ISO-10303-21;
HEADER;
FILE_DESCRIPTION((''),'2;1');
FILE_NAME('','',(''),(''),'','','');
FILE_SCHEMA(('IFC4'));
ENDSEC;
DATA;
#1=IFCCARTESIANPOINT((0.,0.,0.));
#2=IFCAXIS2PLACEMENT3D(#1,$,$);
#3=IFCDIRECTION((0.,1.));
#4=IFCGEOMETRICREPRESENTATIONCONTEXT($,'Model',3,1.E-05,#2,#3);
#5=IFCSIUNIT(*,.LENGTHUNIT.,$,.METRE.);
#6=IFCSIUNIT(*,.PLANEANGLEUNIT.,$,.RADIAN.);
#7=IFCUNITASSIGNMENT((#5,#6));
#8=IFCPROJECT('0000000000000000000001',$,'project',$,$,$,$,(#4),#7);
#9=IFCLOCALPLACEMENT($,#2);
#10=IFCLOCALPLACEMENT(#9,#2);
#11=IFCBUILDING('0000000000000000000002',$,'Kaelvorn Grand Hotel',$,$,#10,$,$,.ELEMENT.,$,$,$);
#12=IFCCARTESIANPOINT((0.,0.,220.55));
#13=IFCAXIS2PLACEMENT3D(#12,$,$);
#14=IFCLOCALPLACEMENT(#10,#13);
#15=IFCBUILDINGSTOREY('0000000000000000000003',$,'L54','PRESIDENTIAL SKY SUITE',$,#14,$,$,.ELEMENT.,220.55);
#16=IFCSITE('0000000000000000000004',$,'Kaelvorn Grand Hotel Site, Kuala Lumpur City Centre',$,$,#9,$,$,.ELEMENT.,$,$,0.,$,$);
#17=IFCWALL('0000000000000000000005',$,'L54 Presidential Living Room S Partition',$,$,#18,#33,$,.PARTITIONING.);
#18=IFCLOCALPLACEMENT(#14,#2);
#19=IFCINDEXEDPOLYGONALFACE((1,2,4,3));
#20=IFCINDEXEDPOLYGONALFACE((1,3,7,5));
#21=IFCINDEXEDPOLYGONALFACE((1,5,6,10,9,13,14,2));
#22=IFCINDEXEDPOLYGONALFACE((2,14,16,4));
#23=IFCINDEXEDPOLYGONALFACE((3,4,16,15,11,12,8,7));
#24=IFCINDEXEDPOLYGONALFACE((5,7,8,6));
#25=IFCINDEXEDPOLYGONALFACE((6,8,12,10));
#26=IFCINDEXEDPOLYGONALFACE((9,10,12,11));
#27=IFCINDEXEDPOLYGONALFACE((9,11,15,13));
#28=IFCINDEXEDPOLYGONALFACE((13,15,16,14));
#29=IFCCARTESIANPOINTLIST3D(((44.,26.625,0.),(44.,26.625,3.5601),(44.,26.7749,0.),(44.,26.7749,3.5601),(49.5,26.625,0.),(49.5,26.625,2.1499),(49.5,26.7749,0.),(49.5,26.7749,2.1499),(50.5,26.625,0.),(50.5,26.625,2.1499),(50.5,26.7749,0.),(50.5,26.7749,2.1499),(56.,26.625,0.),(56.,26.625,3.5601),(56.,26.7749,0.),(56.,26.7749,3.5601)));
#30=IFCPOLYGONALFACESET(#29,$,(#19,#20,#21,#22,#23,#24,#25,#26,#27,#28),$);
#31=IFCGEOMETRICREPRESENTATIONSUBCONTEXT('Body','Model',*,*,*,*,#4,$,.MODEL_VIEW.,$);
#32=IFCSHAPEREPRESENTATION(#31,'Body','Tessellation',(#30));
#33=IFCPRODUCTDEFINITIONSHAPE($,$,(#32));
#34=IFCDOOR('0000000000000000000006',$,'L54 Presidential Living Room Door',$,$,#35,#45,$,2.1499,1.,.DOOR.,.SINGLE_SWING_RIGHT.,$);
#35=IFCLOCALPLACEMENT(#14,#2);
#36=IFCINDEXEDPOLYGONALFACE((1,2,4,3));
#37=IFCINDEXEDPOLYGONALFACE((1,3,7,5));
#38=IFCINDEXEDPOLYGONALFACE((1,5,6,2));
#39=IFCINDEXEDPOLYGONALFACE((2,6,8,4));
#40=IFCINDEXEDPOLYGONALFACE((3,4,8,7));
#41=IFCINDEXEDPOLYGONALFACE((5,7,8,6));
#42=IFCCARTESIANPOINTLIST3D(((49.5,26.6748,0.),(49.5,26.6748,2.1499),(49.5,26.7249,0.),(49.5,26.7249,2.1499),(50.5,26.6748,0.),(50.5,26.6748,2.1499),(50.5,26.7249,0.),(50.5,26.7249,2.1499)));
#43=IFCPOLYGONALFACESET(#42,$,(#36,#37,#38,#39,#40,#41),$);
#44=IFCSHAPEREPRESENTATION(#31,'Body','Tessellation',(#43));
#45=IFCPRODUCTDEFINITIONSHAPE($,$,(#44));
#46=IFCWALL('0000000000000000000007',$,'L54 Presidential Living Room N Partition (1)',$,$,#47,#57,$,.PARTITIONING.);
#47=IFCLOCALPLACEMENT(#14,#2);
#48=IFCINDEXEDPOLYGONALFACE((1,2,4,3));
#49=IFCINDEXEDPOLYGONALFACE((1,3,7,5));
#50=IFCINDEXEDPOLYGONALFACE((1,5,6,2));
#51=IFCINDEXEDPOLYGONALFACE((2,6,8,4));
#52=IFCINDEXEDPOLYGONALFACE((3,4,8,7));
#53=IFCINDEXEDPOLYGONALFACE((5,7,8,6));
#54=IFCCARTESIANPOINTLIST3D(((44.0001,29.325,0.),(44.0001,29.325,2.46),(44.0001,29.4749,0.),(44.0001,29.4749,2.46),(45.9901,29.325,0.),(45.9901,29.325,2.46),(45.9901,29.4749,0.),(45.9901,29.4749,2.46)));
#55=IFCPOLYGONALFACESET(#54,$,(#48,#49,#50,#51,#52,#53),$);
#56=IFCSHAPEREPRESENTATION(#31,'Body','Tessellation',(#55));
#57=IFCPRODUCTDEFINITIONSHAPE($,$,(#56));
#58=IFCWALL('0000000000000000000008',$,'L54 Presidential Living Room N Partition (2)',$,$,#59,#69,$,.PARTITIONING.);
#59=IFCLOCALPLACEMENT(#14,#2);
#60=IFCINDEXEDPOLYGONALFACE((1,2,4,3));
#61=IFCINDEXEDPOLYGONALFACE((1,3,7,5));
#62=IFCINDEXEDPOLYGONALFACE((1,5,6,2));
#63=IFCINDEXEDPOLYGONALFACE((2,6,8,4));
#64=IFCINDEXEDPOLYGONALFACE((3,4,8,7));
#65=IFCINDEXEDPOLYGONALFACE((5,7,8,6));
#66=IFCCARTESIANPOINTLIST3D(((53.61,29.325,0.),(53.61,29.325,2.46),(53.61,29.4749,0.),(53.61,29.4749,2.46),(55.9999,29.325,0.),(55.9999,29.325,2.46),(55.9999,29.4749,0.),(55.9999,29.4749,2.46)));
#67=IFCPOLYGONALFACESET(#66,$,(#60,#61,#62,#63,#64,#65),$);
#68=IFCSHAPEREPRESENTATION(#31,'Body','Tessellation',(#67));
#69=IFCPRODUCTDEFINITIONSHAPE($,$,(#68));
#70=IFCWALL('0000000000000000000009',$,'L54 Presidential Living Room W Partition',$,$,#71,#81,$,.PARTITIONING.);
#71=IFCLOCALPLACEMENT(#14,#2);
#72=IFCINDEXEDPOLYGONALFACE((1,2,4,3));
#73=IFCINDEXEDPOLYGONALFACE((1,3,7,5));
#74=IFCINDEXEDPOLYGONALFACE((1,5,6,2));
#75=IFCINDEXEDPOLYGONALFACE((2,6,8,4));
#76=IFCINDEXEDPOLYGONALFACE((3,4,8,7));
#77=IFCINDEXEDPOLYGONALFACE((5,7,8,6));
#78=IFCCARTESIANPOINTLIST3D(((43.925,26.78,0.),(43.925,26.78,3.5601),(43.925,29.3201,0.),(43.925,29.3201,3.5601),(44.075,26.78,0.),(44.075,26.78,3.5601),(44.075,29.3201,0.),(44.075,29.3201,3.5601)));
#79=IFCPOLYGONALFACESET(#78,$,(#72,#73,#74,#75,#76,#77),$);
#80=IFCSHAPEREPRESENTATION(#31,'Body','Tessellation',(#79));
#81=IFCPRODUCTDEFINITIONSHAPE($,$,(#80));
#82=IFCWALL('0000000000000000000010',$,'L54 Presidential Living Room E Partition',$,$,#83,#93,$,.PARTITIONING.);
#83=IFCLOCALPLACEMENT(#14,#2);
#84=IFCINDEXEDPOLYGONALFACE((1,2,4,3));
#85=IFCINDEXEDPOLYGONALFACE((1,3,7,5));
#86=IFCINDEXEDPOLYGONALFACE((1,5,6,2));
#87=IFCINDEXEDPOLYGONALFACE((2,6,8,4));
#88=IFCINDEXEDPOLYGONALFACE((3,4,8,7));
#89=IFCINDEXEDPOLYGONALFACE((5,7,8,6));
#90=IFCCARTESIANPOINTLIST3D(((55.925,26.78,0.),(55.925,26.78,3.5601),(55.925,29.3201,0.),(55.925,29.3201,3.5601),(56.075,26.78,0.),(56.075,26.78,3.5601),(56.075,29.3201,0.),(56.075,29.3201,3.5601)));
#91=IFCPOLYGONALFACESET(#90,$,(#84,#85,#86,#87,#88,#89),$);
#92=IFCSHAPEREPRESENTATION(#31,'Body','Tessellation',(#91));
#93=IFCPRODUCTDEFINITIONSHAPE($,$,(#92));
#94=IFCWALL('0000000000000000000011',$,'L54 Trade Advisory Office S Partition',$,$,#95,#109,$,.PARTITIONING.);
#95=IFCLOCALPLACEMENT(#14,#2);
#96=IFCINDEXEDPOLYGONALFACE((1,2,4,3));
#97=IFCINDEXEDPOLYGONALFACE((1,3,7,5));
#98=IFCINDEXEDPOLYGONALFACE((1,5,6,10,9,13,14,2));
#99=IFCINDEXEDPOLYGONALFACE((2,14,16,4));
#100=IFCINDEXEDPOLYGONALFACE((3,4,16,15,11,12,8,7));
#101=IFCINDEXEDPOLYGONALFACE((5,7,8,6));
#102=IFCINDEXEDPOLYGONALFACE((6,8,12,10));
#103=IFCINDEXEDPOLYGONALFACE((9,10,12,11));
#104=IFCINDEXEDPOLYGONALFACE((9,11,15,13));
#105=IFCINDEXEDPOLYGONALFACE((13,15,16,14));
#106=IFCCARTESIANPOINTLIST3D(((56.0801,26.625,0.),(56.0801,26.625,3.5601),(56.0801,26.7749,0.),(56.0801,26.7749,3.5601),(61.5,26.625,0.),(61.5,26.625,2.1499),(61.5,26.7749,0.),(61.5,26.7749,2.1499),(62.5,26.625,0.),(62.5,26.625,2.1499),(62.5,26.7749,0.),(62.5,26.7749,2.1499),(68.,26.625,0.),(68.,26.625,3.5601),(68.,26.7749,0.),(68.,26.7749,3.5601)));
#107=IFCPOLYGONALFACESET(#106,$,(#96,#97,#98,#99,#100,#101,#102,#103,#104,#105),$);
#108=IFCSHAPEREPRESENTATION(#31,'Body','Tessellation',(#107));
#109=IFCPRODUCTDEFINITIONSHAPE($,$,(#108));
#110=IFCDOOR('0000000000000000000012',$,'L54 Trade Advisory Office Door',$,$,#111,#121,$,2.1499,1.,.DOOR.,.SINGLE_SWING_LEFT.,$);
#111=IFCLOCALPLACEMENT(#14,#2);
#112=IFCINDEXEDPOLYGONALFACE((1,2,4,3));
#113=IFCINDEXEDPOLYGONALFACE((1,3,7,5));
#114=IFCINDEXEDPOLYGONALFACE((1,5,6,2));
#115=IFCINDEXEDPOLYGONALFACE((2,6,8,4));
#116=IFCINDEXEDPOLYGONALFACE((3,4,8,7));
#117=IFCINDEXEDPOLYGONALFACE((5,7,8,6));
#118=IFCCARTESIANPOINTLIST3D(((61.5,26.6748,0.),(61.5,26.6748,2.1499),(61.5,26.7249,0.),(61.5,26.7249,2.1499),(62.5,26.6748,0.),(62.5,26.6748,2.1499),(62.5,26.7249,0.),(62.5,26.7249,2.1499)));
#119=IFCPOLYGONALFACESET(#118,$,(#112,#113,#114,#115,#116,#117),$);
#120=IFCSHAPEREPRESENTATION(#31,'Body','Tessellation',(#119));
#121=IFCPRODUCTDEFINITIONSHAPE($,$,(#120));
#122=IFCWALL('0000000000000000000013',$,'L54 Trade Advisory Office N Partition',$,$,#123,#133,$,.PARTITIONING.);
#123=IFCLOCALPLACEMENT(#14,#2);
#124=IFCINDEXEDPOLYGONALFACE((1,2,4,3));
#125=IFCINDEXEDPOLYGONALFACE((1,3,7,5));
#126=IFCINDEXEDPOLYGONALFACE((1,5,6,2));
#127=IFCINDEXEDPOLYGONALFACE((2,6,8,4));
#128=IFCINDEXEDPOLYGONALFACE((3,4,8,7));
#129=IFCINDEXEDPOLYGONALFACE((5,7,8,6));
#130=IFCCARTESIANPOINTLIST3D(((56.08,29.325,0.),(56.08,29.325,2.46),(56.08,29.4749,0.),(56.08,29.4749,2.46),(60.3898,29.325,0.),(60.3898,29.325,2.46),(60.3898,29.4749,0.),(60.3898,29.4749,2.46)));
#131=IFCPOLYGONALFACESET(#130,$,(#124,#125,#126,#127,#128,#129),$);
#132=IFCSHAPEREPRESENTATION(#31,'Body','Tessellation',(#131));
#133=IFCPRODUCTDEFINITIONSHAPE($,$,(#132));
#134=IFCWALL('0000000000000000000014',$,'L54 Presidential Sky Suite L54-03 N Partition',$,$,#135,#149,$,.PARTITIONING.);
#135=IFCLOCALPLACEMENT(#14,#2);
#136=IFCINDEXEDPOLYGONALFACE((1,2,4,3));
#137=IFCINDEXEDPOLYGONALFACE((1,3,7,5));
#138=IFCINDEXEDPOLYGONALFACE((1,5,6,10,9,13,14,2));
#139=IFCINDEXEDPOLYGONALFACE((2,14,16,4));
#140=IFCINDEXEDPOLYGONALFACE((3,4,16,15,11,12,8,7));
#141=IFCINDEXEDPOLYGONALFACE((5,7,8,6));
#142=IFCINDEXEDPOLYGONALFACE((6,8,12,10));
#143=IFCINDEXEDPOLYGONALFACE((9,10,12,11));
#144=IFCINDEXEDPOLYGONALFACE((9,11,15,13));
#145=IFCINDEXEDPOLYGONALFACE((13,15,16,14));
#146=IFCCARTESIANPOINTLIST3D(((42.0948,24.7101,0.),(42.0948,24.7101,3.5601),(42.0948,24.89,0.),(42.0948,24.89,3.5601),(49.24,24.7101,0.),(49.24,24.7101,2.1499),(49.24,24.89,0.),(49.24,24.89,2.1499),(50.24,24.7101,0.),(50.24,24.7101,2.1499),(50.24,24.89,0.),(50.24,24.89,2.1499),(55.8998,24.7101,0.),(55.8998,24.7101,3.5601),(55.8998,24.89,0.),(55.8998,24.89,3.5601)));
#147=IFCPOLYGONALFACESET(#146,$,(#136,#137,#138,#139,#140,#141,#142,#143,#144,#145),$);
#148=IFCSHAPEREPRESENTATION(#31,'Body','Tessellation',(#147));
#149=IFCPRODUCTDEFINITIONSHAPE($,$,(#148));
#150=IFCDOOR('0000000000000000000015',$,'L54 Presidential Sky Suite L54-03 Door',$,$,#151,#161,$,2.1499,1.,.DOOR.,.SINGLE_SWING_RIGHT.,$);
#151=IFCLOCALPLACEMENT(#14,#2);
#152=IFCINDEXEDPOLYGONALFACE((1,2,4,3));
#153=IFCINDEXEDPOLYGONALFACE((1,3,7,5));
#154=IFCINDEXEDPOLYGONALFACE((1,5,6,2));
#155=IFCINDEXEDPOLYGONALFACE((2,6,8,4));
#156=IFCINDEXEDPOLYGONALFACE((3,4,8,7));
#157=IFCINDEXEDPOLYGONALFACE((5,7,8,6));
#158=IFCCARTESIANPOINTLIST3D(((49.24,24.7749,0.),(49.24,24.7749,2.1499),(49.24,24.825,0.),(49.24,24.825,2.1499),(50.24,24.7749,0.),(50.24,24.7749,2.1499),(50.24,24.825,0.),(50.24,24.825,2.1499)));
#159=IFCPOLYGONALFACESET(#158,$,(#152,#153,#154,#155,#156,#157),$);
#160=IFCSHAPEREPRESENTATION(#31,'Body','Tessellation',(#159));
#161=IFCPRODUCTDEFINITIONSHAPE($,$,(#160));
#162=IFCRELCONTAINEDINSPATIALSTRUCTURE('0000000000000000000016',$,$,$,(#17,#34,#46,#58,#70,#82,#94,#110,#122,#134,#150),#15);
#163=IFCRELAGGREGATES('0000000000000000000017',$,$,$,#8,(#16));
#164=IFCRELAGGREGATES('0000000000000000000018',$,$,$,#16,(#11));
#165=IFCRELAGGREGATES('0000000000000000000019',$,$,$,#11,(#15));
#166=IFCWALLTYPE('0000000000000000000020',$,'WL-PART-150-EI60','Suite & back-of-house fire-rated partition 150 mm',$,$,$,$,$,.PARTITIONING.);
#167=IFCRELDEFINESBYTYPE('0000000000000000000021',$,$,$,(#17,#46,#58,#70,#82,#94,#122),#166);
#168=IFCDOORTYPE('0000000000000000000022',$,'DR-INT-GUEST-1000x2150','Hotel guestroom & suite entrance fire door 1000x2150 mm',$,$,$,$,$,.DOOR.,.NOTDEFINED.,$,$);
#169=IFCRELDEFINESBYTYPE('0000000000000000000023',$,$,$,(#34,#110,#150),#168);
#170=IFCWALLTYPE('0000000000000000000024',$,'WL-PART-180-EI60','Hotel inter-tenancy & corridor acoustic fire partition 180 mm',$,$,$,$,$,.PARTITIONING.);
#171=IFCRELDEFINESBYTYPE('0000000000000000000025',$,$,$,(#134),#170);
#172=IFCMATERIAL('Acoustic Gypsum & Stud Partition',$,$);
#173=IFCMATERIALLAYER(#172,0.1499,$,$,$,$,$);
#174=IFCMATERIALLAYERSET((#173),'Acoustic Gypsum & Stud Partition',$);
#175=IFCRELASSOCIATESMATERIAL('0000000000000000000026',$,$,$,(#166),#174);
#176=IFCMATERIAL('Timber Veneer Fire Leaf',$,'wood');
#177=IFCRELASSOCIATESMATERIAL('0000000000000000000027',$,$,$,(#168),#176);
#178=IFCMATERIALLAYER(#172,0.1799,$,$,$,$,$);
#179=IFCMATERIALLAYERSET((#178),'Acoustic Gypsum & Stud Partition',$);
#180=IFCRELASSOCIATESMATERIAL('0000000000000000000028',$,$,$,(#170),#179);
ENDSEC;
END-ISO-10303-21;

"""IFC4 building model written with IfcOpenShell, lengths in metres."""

from ifc_helpers import new_model, si_unit, direction, frame, frame_2d, origin, place, context, subcontext, project, spatial, rectangle, extrude, material, layer, layer_set, type_object, element, fill, save


model = new_model("IFC4")

# Units and contexts
model_context = context("Model", 3, precision=1e-05, world=origin(), true_north=direction((0.0, 1.0)))
body_context = subcontext(model_context, "Body", "Model", "MODEL_VIEW")
ifc_project = project(units=[si_unit("LENGTHUNIT", "METRE"), si_unit("PLANEANGLEUNIT", "RADIAN")], contexts=[model_context])

# Site, building, storey
site_placement = place(None, origin())
site = spatial("IfcSite", under=ifc_project, at=site_placement, Name="Kaelvorn Grand Hotel Site, Kuala Lumpur City Centre", CompositionType="ELEMENT", RefElevation=0.0)
building_placement = place(site_placement, origin())
building = spatial("IfcBuilding", under=site, at=building_placement, Name="Kaelvorn Grand Hotel", CompositionType="ELEMENT")
storey_placement = place(building_placement, frame((0.0, 0.0, 220.55)))
storey = spatial("IfcBuildingStorey", under=building, at=storey_placement, Name="L54", Description="PRESIDENTIAL SKY SUITE", CompositionType="ELEMENT", Elevation=220.55)

# Wall, opening, door
ifc_material_1 = material(Name="Acoustic Gypsum & Stud Partition")
ifc_layer_1 = layer(ifc_material_1, 0.1499)
ifc_layer_set_1 = layer_set([ifc_layer_1], Name="Acoustic Gypsum & Stud Partition")
wall_type_1 = type_object("IfcWallType", Name="WL-PART-150-EI60", Description="Suite & back-of-house fire-rated partition 150 mm", PredefinedType="PARTITIONING", material=ifc_layer_set_1)
wall_1_placement = place(storey_placement, frame((44.0, 26.7, 0.0), z_axis=(0.0, 0.0, 1.0), x_axis=(1.0, 0.0, 0.0)))
wall_1 = element("IfcWall", 1, at=wall_1_placement, inside=storey, type_object=wall_type_1, Name="L54 Presidential Living Room S Partition", PredefinedType="PARTITIONING", context=body_context, shape_type="SweptSolid", body=[
    extrude(rectangle(XDim=12.0, YDim=0.1499, at=frame_2d((6.0, 0.0))), origin(), (0.0, 0.0, 1.0), 3.5601),
])
opening_1_placement = place(wall_1_placement, frame((5.5, 0.0, 0.0)))
opening_1 = element("IfcOpeningElement", 2, at=opening_1_placement, cuts=wall_1, PredefinedType="OPENING", context=body_context, shape_type="SweptSolid", body=[
    extrude(rectangle(XDim=1.0, YDim=2.1499, at=frame_2d((0.5, 1.075))), frame((0.0, 0.085, 0.0), z_axis=(0.0, -1.0, 0.0), x_axis=(1.0, 0.0, 0.0)), (0.0, 0.0, 1.0), 0.1699),
])
ifc_material_2 = material(Name="Timber Veneer Fire Leaf", Category="wood")
door_type_1 = type_object("IfcDoorType", Name="DR-INT-GUEST-1000x2150", Description="Hotel guestroom & suite entrance fire door 1000x2150 mm", OperationType="NOTDEFINED", PredefinedType="DOOR", material=ifc_material_2)
door_1_placement = place(opening_1_placement, origin())
door_1 = element("IfcDoor", 3, at=door_1_placement, inside=storey, type_object=door_type_1, Name="L54 Presidential Living Room Door", OperationType="SINGLE_SWING_RIGHT", OverallHeight=2.1499, OverallWidth=1.0, PredefinedType="DOOR", context=body_context, shape_type="SweptSolid", body=[
    extrude(rectangle(XDim=1.0, YDim=2.1499, at=frame_2d((0.5, 1.075))), frame((0.0, 0.0249, 0.0), z_axis=(0.0, -1.0, 0.0), x_axis=(1.0, 0.0, 0.0)), (0.0, 0.0, 1.0), 0.05),
])
fill(opening_1, door_1)

# Walls
wall_2_placement = place(storey_placement, frame((44.0, 29.3999, 0.0), z_axis=(0.0, 0.0, 1.0), x_axis=(1.0, 0.0, 0.0)))
element("IfcWall", 4, at=wall_2_placement, inside=storey, type_object=wall_type_1, Name="L54 Presidential Living Room N Partition (1)", PredefinedType="PARTITIONING", context=body_context, shape_type="SweptSolid", body=[
    extrude(rectangle(XDim=1.99, YDim=0.1499, at=frame_2d((0.9951, 0.0))), origin(), (0.0, 0.0, 1.0), 2.46),
])
wall_3_placement = place(storey_placement, frame((53.6101, 29.3999, 0.0), z_axis=(0.0, 0.0, 1.0), x_axis=(1.0, 0.0, 0.0)))
element("IfcWall", 5, at=wall_3_placement, inside=storey, type_object=wall_type_1, Name="L54 Presidential Living Room N Partition (2)", PredefinedType="PARTITIONING", context=body_context, shape_type="SweptSolid", body=[
    extrude(rectangle(XDim=2.3899, YDim=0.1499, at=frame_2d((1.1948, 0.0))), origin(), (0.0, 0.0, 1.0), 2.46),
])
for number, where, z_axis, x_axis, name in (
    (6, (44.0, 26.78, 0.0), (0.0, 0.0, 1.0), (0.0, 1.0, 0.0), "L54 Presidential Living Room W Partition"),
    (7, (56.0, 26.78, 0.0), (0.0, 0.0, 1.0), (0.0, 1.0, 0.0), "L54 Presidential Living Room E Partition"),
):
    element("IfcWall", number, at=place(storey_placement, frame(where, z_axis=z_axis, x_axis=x_axis)), inside=storey, type_object=wall_type_1, Name=name, PredefinedType="PARTITIONING", context=body_context, shape_type="SweptSolid", body=[
        extrude(rectangle(XDim=2.54, YDim=0.1499, at=frame_2d((1.27, 0.0))), origin(), (0.0, 0.0, 1.0), 3.5601),
    ])

# Wall, opening, door
wall_4_placement = place(storey_placement, frame((56.0801, 26.7, 0.0), z_axis=(0.0, 0.0, 1.0), x_axis=(1.0, 0.0, 0.0)))
wall_4 = element("IfcWall", 8, at=wall_4_placement, inside=storey, type_object=wall_type_1, Name="L54 Trade Advisory Office S Partition", PredefinedType="PARTITIONING", context=body_context, shape_type="SweptSolid", body=[
    extrude(rectangle(XDim=11.9199, YDim=0.1499, at=frame_2d((5.96, 0.0))), origin(), (0.0, 0.0, 1.0), 3.5601),
])
opening_2_placement = place(wall_4_placement, frame((5.4199, 0.0, 0.0)))
opening_2 = element("IfcOpeningElement", 9, at=opening_2_placement, cuts=wall_4, PredefinedType="OPENING", context=body_context, shape_type="SweptSolid", body=[
    extrude(rectangle(XDim=1.0, YDim=2.1499, at=frame_2d((0.5, 1.075))), frame((0.0, 0.085, 0.0), z_axis=(0.0, -1.0, 0.0), x_axis=(1.0, 0.0, 0.0)), (0.0, 0.0, 1.0), 0.1699),
])
door_2_placement = place(opening_2_placement, origin())
door_2 = element("IfcDoor", 10, at=door_2_placement, inside=storey, type_object=door_type_1, Name="L54 Trade Advisory Office Door", OperationType="SINGLE_SWING_LEFT", OverallHeight=2.1499, OverallWidth=1.0, PredefinedType="DOOR", context=body_context, shape_type="SweptSolid", body=[
    extrude(rectangle(XDim=1.0, YDim=2.1499, at=frame_2d((0.5, 1.075))), frame((0.0, 0.0249, 0.0), z_axis=(0.0, -1.0, 0.0), x_axis=(1.0, 0.0, 0.0)), (0.0, 0.0, 1.0), 0.05),
])
fill(opening_2, door_2)

# Wall
wall_5_placement = place(storey_placement, frame((56.0801, 29.3999, 0.0), z_axis=(0.0, 0.0, 1.0), x_axis=(1.0, 0.0, 0.0)))
element("IfcWall", 11, at=wall_5_placement, inside=storey, type_object=wall_type_1, Name="L54 Trade Advisory Office N Partition", PredefinedType="PARTITIONING", context=body_context, shape_type="SweptSolid", body=[
    extrude(rectangle(XDim=4.3098, YDim=0.1499, at=frame_2d((2.1548, 0.0))), origin(), (0.0, 0.0, 1.0), 2.46),
])

# Wall, opening, door
ifc_layer_2 = layer(ifc_material_1, 0.1799)
ifc_layer_set_2 = layer_set([ifc_layer_2], Name="Acoustic Gypsum & Stud Partition")
wall_type_2 = type_object("IfcWallType", Name="WL-PART-180-EI60", Description="Hotel inter-tenancy & corridor acoustic fire partition 180 mm", PredefinedType="PARTITIONING", material=ifc_layer_set_2)
wall_6_placement = place(storey_placement, frame((42.095, 24.8, 0.0), z_axis=(0.0, 0.0, 1.0), x_axis=(1.0, 0.0, 0.0)))
wall_6 = element("IfcWall", 12, at=wall_6_placement, inside=storey, type_object=wall_type_2, Name="L54 Presidential Sky Suite L54-03 N Partition", PredefinedType="PARTITIONING", context=body_context, shape_type="SweptSolid", body=[
    extrude(rectangle(XDim=13.8049, YDim=0.1799, at=frame_2d((6.9023, 0.0))), origin(), (0.0, 0.0, 1.0), 3.5601),
])
opening_3_placement = place(wall_6_placement, frame((7.145, 0.0, 0.0)))
opening_3 = element("IfcOpeningElement", 13, at=opening_3_placement, cuts=wall_6, PredefinedType="OPENING", context=body_context, shape_type="SweptSolid", body=[
    extrude(rectangle(XDim=1.0, YDim=2.1499, at=frame_2d((0.5, 1.075))), frame((0.0, 0.1001, 0.0), z_axis=(0.0, -1.0, 0.0), x_axis=(1.0, 0.0, 0.0)), (0.0, 0.0, 1.0), 0.2),
])
door_3_placement = place(opening_3_placement, origin())
door_3 = element("IfcDoor", 14, at=door_3_placement, inside=storey, type_object=door_type_1, Name="L54 Presidential Sky Suite L54-03 Door", OperationType="SINGLE_SWING_RIGHT", OverallHeight=2.1499, OverallWidth=1.0, PredefinedType="DOOR", context=body_context, shape_type="SweptSolid", body=[
    extrude(rectangle(XDim=1.0, YDim=2.1499, at=frame_2d((0.5, 1.075))), frame((0.0, 0.0249, 0.0), z_axis=(0.0, -1.0, 0.0), x_axis=(1.0, 0.0, 0.0)), (0.0, 0.0, 1.0), 0.05),
])
fill(opening_3, door_3)

save(model, "model.ifc")
